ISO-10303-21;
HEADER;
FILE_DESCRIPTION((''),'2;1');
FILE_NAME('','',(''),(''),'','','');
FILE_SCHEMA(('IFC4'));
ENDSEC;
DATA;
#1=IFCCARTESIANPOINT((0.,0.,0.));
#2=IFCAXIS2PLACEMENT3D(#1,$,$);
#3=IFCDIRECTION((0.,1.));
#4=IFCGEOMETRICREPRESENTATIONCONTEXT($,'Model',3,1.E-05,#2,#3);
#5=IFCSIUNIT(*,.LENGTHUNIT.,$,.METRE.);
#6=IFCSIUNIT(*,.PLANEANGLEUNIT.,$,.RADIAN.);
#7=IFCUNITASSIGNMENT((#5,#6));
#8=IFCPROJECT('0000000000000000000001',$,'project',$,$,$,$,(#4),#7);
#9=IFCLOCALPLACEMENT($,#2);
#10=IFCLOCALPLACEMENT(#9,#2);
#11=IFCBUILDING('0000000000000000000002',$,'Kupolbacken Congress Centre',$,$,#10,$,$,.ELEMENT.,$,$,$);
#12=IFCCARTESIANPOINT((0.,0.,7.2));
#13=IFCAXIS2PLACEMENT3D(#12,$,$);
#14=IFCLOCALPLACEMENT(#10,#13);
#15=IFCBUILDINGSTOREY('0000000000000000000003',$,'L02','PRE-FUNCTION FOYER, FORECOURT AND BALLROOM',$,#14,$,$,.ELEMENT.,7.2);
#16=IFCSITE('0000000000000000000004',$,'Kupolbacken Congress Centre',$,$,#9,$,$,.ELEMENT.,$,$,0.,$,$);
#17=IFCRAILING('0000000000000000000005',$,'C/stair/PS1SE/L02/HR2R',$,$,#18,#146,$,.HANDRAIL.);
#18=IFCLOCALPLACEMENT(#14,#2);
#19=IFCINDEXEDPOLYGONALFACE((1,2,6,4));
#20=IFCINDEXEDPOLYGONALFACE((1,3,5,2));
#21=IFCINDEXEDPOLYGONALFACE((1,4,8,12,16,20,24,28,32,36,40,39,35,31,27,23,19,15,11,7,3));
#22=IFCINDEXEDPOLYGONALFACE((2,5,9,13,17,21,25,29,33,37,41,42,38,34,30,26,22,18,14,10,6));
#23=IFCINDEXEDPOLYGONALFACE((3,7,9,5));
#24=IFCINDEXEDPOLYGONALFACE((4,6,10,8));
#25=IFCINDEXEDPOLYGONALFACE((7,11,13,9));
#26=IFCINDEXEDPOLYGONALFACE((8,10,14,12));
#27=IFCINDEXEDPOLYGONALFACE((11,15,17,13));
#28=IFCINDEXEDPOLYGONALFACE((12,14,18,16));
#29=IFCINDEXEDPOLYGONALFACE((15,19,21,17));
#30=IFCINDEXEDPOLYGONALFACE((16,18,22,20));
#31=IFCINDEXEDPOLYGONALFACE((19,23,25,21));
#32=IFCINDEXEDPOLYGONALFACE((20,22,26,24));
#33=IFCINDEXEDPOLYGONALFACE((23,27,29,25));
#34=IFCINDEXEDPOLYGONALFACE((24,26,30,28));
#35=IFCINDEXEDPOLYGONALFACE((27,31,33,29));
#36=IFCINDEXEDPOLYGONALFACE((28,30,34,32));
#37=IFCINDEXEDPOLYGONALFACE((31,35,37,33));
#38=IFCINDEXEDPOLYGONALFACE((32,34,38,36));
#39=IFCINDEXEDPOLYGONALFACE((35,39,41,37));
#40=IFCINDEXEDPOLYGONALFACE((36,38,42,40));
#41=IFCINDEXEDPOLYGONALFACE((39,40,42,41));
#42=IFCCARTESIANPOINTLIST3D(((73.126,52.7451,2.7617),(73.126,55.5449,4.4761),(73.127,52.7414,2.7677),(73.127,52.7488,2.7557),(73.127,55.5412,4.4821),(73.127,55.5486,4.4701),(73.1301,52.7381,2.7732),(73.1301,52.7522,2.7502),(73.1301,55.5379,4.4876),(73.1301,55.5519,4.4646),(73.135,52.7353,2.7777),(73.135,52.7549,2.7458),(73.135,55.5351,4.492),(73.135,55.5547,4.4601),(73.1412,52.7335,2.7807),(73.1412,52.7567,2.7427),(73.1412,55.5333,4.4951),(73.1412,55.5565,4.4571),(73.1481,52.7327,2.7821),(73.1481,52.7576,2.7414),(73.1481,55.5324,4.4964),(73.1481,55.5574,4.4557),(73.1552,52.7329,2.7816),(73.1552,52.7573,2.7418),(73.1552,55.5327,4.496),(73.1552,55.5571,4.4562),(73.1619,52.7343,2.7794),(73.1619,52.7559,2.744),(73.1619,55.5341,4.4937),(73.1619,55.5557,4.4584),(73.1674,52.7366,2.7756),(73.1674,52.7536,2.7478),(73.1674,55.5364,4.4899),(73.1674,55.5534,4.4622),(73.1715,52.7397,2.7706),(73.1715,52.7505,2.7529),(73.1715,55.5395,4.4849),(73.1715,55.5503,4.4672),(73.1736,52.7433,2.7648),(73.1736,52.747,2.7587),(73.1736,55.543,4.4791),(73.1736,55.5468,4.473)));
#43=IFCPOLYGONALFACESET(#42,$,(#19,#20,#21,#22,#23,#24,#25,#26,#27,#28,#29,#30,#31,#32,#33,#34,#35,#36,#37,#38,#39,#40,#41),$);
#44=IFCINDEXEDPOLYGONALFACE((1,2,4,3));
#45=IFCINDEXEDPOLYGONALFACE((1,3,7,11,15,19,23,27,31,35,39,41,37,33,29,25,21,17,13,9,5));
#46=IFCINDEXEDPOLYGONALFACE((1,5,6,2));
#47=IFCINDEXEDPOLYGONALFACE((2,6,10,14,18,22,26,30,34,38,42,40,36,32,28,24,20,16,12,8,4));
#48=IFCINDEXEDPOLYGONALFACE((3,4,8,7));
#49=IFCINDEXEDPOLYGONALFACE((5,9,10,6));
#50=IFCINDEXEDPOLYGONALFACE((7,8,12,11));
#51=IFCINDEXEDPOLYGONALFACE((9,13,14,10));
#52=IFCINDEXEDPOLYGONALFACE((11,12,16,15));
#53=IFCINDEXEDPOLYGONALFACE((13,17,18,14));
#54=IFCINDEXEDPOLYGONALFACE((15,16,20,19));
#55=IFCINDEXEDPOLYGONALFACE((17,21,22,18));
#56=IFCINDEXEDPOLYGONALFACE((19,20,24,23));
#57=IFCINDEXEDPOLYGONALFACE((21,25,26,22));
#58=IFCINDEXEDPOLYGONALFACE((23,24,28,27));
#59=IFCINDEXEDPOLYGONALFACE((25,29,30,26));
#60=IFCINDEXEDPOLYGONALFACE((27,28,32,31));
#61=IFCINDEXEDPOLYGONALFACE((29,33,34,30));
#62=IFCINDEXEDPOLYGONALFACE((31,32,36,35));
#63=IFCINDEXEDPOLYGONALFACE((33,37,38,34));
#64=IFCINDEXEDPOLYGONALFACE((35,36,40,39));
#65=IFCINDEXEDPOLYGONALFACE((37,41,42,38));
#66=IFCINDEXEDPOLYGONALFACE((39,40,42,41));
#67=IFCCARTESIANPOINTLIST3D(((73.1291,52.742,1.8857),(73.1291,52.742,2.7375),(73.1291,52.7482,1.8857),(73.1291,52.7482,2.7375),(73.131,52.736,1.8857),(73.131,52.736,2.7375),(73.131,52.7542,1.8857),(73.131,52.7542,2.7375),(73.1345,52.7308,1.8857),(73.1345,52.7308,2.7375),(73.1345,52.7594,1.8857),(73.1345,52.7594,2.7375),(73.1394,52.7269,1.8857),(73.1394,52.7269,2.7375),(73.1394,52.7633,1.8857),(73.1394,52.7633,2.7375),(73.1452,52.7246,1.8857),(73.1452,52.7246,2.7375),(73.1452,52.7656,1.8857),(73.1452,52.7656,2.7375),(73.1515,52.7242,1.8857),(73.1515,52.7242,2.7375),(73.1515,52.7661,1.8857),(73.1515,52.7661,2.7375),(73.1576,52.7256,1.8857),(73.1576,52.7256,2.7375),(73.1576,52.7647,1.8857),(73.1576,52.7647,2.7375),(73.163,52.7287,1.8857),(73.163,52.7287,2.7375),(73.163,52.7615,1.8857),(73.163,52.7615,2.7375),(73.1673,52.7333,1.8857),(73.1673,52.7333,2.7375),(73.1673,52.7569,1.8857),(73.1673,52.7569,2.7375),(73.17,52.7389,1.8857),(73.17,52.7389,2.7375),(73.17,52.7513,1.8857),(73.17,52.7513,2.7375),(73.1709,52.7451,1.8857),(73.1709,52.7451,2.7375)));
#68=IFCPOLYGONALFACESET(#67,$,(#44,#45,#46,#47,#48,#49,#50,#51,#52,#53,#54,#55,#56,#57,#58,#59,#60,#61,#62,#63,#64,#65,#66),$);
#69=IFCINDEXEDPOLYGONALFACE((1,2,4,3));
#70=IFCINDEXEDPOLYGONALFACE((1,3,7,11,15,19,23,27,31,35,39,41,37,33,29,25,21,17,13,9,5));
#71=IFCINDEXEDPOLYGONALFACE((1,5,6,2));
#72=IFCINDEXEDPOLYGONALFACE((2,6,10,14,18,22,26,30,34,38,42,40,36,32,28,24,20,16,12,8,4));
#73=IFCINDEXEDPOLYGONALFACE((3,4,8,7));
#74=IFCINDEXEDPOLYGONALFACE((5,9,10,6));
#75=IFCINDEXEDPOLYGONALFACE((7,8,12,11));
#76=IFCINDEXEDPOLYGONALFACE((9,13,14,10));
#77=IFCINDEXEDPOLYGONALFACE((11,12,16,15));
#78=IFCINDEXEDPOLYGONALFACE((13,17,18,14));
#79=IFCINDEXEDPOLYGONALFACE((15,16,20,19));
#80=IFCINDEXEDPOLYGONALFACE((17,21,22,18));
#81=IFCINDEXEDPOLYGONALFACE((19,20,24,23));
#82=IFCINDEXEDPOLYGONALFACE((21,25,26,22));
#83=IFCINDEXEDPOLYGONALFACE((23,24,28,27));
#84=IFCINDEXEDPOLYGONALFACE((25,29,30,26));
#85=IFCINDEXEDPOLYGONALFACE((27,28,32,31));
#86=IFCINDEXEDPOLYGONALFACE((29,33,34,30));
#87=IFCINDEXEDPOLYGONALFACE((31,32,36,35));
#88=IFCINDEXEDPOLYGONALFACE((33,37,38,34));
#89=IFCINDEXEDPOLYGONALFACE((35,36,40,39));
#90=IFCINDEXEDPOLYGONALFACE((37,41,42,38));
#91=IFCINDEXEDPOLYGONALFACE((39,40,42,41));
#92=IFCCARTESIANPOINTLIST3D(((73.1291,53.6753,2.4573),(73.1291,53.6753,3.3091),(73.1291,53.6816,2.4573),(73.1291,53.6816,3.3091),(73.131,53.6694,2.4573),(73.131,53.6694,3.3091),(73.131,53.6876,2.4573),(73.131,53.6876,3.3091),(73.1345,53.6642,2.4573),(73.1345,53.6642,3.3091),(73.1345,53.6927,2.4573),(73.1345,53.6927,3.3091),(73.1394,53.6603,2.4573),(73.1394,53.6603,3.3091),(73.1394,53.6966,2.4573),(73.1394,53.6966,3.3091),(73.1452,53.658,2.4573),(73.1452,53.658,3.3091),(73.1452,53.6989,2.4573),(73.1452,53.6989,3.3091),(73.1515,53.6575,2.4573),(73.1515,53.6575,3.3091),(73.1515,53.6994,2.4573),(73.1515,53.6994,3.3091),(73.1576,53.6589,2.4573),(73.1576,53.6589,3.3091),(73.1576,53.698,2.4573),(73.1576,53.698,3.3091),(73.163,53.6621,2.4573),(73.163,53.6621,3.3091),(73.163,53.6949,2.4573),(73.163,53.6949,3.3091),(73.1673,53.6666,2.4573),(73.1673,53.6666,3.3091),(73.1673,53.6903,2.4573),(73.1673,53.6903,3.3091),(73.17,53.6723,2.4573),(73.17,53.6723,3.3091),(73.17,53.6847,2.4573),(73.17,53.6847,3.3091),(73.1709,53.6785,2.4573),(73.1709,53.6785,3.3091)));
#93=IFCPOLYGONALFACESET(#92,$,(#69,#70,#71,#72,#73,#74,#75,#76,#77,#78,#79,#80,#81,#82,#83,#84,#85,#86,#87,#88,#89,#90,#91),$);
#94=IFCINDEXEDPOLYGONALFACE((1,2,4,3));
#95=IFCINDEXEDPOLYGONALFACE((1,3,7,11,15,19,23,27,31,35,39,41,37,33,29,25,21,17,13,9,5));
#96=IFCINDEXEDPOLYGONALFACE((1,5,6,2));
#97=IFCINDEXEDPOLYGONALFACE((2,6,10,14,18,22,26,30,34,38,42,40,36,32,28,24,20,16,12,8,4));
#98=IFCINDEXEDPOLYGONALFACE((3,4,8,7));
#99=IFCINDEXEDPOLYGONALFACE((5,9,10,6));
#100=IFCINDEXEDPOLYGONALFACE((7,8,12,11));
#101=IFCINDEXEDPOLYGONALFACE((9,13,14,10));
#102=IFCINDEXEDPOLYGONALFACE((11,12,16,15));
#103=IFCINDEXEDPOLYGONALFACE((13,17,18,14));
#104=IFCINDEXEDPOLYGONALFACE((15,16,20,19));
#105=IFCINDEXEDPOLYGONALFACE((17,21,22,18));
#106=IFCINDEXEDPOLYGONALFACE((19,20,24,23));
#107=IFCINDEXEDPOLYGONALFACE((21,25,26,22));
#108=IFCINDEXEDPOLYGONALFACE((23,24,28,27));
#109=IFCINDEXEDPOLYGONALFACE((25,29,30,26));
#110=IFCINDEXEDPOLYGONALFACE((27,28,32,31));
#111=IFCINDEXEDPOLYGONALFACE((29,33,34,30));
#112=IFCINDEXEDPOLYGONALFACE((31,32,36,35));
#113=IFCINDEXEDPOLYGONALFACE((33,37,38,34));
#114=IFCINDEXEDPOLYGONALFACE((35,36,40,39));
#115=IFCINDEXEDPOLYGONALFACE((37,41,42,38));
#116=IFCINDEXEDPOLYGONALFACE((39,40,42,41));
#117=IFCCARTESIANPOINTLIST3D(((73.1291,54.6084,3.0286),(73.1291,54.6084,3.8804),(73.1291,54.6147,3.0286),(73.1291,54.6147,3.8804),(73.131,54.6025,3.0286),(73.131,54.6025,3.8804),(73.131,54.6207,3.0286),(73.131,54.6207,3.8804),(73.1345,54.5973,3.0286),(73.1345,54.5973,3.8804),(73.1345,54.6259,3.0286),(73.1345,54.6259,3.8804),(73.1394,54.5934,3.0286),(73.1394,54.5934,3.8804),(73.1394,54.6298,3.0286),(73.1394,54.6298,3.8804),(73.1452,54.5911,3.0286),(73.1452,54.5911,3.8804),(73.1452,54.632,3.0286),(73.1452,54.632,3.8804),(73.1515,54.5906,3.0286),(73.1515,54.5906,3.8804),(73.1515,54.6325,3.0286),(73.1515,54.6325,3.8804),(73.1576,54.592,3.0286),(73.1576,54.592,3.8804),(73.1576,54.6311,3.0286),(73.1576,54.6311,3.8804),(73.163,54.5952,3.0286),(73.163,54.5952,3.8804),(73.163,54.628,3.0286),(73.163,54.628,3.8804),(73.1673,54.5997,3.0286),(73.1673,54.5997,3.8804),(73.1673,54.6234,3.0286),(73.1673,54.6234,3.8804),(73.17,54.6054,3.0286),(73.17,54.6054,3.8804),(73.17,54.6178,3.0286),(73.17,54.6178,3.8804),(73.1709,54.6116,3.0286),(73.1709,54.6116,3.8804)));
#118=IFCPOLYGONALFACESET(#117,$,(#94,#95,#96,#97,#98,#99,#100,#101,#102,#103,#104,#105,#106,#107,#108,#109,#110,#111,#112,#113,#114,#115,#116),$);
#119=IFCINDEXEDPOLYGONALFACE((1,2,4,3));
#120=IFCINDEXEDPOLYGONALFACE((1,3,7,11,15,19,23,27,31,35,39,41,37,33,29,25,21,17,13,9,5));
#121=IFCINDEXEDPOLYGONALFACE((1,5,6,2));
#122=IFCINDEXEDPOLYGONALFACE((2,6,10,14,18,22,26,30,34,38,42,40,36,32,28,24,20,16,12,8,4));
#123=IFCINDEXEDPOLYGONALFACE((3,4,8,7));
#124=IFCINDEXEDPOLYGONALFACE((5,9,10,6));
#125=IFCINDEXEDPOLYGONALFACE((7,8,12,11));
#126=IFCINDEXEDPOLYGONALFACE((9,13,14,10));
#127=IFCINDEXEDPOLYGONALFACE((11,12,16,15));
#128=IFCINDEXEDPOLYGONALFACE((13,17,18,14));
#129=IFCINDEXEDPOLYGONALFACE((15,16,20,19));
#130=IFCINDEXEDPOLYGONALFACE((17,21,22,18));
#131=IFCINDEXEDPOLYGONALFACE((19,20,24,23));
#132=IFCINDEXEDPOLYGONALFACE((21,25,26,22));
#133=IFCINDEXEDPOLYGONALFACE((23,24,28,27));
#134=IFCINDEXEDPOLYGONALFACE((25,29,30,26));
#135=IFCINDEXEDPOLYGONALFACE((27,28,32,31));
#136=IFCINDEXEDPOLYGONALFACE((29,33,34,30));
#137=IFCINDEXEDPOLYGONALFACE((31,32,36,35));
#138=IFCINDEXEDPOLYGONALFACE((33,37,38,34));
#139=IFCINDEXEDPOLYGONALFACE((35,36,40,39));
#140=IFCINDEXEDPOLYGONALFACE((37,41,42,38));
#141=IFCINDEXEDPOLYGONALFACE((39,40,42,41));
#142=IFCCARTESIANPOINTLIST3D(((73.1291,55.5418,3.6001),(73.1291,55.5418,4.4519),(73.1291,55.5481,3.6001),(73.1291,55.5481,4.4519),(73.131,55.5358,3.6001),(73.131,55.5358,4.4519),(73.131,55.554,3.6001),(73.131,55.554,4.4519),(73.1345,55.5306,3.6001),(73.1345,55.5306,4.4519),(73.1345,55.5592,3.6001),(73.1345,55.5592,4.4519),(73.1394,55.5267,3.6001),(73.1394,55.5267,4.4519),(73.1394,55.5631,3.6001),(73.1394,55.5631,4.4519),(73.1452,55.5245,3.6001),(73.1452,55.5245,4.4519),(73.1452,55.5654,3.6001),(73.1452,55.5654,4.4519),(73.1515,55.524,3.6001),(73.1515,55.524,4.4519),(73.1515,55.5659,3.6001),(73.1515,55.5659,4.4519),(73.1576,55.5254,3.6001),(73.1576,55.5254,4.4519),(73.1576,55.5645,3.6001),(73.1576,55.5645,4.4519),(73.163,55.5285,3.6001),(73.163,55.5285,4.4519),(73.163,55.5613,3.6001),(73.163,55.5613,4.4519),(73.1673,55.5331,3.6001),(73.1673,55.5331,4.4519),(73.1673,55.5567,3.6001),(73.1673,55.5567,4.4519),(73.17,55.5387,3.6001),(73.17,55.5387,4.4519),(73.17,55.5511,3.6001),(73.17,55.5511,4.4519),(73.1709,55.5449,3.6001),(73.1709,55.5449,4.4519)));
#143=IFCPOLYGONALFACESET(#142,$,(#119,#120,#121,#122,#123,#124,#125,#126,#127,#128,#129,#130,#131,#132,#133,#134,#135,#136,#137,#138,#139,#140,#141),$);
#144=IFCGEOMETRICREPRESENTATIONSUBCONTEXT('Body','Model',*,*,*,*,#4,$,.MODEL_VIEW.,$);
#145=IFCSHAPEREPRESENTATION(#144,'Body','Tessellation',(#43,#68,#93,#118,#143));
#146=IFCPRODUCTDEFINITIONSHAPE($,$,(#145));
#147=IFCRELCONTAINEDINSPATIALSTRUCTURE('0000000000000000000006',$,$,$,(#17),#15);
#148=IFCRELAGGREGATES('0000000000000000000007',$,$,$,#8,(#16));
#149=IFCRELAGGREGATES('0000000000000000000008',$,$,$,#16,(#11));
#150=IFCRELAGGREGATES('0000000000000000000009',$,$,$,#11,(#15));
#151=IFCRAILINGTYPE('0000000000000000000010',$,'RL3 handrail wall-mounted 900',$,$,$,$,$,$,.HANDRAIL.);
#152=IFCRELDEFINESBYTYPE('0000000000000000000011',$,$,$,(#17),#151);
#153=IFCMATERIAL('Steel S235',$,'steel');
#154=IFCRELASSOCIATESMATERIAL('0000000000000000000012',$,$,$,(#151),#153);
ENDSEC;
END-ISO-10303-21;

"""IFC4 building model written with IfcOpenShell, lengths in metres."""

from ifc_helpers import new_model, si_unit, direction, frame, origin, origin_2d, place, context, subcontext, project, spatial, circle, extrude, material, type_object, element, save


model = new_model("IFC4")

# Units and contexts
model_context = context("Model", 3, precision=1e-05, world=origin(), true_north=direction((0.0, 1.0)))
body_context = subcontext(model_context, "Body", "Model", "MODEL_VIEW")
ifc_project = project(units=[si_unit("LENGTHUNIT", "METRE"), si_unit("PLANEANGLEUNIT", "RADIAN")], contexts=[model_context])

# Site, building, storey
site_placement = place(None, origin())
site = spatial("IfcSite", under=ifc_project, at=site_placement, Name="Kupolbacken Congress Centre", CompositionType="ELEMENT", RefElevation=0.0)
building_placement = place(site_placement, origin())
building = spatial("IfcBuilding", under=site, at=building_placement, Name="Kupolbacken Congress Centre", CompositionType="ELEMENT")
storey_placement = place(building_placement, frame((0.0, 0.0, 7.2)))
storey = spatial("IfcBuildingStorey", under=building, at=storey_placement, Name="L02", Description="PRE-FUNCTION FOYER, FORECOURT AND BALLROOM", CompositionType="ELEMENT", Elevation=7.2)

# Railing
ifc_material_1 = material(Name="Steel S235", Category="steel")
railing_type = type_object("IfcRailingType", Name="RL3 handrail wall-mounted 900", PredefinedType="HANDRAIL", material=ifc_material_1)
for number, where, name in (
    (1, (73.1499, 52.7451, 1.8857), "C/stair/PS1SE/L02/HR2R"),
):
    element("IfcRailing", number, at=place(storey_placement, frame(where)), inside=storey, type_object=railing_type, Name=name, PredefinedType="HANDRAIL", context=body_context, shape_type="SweptSolid", body=[
        extrude(circle(Radius=0.0239, at=origin_2d()), frame((0.0, 0.0, 0.876), z_axis=(0.0, 0.852826, 0.522196), x_axis=(-1.0, 0.0, 0.0)), (0.0, 0.0, 1.0), 3.283),
        extrude(circle(Radius=0.021, at=origin_2d()), origin(), (0.0, 0.0, 1.0), 0.8518),
        extrude(circle(Radius=0.021, at=origin_2d()), frame((0.0, 0.9333, 0.5715)), (0.0, 0.0, 1.0), 0.8518),
        extrude(circle(Radius=0.021, at=origin_2d()), frame((0.0, 1.8665, 1.1428)), (0.0, 0.0, 1.0), 0.8518),
        extrude(circle(Radius=0.021, at=origin_2d()), frame((0.0, 2.7998, 1.7144)), (0.0, 0.0, 1.0), 0.8518),
    ])

save(model, "model.ifc")
